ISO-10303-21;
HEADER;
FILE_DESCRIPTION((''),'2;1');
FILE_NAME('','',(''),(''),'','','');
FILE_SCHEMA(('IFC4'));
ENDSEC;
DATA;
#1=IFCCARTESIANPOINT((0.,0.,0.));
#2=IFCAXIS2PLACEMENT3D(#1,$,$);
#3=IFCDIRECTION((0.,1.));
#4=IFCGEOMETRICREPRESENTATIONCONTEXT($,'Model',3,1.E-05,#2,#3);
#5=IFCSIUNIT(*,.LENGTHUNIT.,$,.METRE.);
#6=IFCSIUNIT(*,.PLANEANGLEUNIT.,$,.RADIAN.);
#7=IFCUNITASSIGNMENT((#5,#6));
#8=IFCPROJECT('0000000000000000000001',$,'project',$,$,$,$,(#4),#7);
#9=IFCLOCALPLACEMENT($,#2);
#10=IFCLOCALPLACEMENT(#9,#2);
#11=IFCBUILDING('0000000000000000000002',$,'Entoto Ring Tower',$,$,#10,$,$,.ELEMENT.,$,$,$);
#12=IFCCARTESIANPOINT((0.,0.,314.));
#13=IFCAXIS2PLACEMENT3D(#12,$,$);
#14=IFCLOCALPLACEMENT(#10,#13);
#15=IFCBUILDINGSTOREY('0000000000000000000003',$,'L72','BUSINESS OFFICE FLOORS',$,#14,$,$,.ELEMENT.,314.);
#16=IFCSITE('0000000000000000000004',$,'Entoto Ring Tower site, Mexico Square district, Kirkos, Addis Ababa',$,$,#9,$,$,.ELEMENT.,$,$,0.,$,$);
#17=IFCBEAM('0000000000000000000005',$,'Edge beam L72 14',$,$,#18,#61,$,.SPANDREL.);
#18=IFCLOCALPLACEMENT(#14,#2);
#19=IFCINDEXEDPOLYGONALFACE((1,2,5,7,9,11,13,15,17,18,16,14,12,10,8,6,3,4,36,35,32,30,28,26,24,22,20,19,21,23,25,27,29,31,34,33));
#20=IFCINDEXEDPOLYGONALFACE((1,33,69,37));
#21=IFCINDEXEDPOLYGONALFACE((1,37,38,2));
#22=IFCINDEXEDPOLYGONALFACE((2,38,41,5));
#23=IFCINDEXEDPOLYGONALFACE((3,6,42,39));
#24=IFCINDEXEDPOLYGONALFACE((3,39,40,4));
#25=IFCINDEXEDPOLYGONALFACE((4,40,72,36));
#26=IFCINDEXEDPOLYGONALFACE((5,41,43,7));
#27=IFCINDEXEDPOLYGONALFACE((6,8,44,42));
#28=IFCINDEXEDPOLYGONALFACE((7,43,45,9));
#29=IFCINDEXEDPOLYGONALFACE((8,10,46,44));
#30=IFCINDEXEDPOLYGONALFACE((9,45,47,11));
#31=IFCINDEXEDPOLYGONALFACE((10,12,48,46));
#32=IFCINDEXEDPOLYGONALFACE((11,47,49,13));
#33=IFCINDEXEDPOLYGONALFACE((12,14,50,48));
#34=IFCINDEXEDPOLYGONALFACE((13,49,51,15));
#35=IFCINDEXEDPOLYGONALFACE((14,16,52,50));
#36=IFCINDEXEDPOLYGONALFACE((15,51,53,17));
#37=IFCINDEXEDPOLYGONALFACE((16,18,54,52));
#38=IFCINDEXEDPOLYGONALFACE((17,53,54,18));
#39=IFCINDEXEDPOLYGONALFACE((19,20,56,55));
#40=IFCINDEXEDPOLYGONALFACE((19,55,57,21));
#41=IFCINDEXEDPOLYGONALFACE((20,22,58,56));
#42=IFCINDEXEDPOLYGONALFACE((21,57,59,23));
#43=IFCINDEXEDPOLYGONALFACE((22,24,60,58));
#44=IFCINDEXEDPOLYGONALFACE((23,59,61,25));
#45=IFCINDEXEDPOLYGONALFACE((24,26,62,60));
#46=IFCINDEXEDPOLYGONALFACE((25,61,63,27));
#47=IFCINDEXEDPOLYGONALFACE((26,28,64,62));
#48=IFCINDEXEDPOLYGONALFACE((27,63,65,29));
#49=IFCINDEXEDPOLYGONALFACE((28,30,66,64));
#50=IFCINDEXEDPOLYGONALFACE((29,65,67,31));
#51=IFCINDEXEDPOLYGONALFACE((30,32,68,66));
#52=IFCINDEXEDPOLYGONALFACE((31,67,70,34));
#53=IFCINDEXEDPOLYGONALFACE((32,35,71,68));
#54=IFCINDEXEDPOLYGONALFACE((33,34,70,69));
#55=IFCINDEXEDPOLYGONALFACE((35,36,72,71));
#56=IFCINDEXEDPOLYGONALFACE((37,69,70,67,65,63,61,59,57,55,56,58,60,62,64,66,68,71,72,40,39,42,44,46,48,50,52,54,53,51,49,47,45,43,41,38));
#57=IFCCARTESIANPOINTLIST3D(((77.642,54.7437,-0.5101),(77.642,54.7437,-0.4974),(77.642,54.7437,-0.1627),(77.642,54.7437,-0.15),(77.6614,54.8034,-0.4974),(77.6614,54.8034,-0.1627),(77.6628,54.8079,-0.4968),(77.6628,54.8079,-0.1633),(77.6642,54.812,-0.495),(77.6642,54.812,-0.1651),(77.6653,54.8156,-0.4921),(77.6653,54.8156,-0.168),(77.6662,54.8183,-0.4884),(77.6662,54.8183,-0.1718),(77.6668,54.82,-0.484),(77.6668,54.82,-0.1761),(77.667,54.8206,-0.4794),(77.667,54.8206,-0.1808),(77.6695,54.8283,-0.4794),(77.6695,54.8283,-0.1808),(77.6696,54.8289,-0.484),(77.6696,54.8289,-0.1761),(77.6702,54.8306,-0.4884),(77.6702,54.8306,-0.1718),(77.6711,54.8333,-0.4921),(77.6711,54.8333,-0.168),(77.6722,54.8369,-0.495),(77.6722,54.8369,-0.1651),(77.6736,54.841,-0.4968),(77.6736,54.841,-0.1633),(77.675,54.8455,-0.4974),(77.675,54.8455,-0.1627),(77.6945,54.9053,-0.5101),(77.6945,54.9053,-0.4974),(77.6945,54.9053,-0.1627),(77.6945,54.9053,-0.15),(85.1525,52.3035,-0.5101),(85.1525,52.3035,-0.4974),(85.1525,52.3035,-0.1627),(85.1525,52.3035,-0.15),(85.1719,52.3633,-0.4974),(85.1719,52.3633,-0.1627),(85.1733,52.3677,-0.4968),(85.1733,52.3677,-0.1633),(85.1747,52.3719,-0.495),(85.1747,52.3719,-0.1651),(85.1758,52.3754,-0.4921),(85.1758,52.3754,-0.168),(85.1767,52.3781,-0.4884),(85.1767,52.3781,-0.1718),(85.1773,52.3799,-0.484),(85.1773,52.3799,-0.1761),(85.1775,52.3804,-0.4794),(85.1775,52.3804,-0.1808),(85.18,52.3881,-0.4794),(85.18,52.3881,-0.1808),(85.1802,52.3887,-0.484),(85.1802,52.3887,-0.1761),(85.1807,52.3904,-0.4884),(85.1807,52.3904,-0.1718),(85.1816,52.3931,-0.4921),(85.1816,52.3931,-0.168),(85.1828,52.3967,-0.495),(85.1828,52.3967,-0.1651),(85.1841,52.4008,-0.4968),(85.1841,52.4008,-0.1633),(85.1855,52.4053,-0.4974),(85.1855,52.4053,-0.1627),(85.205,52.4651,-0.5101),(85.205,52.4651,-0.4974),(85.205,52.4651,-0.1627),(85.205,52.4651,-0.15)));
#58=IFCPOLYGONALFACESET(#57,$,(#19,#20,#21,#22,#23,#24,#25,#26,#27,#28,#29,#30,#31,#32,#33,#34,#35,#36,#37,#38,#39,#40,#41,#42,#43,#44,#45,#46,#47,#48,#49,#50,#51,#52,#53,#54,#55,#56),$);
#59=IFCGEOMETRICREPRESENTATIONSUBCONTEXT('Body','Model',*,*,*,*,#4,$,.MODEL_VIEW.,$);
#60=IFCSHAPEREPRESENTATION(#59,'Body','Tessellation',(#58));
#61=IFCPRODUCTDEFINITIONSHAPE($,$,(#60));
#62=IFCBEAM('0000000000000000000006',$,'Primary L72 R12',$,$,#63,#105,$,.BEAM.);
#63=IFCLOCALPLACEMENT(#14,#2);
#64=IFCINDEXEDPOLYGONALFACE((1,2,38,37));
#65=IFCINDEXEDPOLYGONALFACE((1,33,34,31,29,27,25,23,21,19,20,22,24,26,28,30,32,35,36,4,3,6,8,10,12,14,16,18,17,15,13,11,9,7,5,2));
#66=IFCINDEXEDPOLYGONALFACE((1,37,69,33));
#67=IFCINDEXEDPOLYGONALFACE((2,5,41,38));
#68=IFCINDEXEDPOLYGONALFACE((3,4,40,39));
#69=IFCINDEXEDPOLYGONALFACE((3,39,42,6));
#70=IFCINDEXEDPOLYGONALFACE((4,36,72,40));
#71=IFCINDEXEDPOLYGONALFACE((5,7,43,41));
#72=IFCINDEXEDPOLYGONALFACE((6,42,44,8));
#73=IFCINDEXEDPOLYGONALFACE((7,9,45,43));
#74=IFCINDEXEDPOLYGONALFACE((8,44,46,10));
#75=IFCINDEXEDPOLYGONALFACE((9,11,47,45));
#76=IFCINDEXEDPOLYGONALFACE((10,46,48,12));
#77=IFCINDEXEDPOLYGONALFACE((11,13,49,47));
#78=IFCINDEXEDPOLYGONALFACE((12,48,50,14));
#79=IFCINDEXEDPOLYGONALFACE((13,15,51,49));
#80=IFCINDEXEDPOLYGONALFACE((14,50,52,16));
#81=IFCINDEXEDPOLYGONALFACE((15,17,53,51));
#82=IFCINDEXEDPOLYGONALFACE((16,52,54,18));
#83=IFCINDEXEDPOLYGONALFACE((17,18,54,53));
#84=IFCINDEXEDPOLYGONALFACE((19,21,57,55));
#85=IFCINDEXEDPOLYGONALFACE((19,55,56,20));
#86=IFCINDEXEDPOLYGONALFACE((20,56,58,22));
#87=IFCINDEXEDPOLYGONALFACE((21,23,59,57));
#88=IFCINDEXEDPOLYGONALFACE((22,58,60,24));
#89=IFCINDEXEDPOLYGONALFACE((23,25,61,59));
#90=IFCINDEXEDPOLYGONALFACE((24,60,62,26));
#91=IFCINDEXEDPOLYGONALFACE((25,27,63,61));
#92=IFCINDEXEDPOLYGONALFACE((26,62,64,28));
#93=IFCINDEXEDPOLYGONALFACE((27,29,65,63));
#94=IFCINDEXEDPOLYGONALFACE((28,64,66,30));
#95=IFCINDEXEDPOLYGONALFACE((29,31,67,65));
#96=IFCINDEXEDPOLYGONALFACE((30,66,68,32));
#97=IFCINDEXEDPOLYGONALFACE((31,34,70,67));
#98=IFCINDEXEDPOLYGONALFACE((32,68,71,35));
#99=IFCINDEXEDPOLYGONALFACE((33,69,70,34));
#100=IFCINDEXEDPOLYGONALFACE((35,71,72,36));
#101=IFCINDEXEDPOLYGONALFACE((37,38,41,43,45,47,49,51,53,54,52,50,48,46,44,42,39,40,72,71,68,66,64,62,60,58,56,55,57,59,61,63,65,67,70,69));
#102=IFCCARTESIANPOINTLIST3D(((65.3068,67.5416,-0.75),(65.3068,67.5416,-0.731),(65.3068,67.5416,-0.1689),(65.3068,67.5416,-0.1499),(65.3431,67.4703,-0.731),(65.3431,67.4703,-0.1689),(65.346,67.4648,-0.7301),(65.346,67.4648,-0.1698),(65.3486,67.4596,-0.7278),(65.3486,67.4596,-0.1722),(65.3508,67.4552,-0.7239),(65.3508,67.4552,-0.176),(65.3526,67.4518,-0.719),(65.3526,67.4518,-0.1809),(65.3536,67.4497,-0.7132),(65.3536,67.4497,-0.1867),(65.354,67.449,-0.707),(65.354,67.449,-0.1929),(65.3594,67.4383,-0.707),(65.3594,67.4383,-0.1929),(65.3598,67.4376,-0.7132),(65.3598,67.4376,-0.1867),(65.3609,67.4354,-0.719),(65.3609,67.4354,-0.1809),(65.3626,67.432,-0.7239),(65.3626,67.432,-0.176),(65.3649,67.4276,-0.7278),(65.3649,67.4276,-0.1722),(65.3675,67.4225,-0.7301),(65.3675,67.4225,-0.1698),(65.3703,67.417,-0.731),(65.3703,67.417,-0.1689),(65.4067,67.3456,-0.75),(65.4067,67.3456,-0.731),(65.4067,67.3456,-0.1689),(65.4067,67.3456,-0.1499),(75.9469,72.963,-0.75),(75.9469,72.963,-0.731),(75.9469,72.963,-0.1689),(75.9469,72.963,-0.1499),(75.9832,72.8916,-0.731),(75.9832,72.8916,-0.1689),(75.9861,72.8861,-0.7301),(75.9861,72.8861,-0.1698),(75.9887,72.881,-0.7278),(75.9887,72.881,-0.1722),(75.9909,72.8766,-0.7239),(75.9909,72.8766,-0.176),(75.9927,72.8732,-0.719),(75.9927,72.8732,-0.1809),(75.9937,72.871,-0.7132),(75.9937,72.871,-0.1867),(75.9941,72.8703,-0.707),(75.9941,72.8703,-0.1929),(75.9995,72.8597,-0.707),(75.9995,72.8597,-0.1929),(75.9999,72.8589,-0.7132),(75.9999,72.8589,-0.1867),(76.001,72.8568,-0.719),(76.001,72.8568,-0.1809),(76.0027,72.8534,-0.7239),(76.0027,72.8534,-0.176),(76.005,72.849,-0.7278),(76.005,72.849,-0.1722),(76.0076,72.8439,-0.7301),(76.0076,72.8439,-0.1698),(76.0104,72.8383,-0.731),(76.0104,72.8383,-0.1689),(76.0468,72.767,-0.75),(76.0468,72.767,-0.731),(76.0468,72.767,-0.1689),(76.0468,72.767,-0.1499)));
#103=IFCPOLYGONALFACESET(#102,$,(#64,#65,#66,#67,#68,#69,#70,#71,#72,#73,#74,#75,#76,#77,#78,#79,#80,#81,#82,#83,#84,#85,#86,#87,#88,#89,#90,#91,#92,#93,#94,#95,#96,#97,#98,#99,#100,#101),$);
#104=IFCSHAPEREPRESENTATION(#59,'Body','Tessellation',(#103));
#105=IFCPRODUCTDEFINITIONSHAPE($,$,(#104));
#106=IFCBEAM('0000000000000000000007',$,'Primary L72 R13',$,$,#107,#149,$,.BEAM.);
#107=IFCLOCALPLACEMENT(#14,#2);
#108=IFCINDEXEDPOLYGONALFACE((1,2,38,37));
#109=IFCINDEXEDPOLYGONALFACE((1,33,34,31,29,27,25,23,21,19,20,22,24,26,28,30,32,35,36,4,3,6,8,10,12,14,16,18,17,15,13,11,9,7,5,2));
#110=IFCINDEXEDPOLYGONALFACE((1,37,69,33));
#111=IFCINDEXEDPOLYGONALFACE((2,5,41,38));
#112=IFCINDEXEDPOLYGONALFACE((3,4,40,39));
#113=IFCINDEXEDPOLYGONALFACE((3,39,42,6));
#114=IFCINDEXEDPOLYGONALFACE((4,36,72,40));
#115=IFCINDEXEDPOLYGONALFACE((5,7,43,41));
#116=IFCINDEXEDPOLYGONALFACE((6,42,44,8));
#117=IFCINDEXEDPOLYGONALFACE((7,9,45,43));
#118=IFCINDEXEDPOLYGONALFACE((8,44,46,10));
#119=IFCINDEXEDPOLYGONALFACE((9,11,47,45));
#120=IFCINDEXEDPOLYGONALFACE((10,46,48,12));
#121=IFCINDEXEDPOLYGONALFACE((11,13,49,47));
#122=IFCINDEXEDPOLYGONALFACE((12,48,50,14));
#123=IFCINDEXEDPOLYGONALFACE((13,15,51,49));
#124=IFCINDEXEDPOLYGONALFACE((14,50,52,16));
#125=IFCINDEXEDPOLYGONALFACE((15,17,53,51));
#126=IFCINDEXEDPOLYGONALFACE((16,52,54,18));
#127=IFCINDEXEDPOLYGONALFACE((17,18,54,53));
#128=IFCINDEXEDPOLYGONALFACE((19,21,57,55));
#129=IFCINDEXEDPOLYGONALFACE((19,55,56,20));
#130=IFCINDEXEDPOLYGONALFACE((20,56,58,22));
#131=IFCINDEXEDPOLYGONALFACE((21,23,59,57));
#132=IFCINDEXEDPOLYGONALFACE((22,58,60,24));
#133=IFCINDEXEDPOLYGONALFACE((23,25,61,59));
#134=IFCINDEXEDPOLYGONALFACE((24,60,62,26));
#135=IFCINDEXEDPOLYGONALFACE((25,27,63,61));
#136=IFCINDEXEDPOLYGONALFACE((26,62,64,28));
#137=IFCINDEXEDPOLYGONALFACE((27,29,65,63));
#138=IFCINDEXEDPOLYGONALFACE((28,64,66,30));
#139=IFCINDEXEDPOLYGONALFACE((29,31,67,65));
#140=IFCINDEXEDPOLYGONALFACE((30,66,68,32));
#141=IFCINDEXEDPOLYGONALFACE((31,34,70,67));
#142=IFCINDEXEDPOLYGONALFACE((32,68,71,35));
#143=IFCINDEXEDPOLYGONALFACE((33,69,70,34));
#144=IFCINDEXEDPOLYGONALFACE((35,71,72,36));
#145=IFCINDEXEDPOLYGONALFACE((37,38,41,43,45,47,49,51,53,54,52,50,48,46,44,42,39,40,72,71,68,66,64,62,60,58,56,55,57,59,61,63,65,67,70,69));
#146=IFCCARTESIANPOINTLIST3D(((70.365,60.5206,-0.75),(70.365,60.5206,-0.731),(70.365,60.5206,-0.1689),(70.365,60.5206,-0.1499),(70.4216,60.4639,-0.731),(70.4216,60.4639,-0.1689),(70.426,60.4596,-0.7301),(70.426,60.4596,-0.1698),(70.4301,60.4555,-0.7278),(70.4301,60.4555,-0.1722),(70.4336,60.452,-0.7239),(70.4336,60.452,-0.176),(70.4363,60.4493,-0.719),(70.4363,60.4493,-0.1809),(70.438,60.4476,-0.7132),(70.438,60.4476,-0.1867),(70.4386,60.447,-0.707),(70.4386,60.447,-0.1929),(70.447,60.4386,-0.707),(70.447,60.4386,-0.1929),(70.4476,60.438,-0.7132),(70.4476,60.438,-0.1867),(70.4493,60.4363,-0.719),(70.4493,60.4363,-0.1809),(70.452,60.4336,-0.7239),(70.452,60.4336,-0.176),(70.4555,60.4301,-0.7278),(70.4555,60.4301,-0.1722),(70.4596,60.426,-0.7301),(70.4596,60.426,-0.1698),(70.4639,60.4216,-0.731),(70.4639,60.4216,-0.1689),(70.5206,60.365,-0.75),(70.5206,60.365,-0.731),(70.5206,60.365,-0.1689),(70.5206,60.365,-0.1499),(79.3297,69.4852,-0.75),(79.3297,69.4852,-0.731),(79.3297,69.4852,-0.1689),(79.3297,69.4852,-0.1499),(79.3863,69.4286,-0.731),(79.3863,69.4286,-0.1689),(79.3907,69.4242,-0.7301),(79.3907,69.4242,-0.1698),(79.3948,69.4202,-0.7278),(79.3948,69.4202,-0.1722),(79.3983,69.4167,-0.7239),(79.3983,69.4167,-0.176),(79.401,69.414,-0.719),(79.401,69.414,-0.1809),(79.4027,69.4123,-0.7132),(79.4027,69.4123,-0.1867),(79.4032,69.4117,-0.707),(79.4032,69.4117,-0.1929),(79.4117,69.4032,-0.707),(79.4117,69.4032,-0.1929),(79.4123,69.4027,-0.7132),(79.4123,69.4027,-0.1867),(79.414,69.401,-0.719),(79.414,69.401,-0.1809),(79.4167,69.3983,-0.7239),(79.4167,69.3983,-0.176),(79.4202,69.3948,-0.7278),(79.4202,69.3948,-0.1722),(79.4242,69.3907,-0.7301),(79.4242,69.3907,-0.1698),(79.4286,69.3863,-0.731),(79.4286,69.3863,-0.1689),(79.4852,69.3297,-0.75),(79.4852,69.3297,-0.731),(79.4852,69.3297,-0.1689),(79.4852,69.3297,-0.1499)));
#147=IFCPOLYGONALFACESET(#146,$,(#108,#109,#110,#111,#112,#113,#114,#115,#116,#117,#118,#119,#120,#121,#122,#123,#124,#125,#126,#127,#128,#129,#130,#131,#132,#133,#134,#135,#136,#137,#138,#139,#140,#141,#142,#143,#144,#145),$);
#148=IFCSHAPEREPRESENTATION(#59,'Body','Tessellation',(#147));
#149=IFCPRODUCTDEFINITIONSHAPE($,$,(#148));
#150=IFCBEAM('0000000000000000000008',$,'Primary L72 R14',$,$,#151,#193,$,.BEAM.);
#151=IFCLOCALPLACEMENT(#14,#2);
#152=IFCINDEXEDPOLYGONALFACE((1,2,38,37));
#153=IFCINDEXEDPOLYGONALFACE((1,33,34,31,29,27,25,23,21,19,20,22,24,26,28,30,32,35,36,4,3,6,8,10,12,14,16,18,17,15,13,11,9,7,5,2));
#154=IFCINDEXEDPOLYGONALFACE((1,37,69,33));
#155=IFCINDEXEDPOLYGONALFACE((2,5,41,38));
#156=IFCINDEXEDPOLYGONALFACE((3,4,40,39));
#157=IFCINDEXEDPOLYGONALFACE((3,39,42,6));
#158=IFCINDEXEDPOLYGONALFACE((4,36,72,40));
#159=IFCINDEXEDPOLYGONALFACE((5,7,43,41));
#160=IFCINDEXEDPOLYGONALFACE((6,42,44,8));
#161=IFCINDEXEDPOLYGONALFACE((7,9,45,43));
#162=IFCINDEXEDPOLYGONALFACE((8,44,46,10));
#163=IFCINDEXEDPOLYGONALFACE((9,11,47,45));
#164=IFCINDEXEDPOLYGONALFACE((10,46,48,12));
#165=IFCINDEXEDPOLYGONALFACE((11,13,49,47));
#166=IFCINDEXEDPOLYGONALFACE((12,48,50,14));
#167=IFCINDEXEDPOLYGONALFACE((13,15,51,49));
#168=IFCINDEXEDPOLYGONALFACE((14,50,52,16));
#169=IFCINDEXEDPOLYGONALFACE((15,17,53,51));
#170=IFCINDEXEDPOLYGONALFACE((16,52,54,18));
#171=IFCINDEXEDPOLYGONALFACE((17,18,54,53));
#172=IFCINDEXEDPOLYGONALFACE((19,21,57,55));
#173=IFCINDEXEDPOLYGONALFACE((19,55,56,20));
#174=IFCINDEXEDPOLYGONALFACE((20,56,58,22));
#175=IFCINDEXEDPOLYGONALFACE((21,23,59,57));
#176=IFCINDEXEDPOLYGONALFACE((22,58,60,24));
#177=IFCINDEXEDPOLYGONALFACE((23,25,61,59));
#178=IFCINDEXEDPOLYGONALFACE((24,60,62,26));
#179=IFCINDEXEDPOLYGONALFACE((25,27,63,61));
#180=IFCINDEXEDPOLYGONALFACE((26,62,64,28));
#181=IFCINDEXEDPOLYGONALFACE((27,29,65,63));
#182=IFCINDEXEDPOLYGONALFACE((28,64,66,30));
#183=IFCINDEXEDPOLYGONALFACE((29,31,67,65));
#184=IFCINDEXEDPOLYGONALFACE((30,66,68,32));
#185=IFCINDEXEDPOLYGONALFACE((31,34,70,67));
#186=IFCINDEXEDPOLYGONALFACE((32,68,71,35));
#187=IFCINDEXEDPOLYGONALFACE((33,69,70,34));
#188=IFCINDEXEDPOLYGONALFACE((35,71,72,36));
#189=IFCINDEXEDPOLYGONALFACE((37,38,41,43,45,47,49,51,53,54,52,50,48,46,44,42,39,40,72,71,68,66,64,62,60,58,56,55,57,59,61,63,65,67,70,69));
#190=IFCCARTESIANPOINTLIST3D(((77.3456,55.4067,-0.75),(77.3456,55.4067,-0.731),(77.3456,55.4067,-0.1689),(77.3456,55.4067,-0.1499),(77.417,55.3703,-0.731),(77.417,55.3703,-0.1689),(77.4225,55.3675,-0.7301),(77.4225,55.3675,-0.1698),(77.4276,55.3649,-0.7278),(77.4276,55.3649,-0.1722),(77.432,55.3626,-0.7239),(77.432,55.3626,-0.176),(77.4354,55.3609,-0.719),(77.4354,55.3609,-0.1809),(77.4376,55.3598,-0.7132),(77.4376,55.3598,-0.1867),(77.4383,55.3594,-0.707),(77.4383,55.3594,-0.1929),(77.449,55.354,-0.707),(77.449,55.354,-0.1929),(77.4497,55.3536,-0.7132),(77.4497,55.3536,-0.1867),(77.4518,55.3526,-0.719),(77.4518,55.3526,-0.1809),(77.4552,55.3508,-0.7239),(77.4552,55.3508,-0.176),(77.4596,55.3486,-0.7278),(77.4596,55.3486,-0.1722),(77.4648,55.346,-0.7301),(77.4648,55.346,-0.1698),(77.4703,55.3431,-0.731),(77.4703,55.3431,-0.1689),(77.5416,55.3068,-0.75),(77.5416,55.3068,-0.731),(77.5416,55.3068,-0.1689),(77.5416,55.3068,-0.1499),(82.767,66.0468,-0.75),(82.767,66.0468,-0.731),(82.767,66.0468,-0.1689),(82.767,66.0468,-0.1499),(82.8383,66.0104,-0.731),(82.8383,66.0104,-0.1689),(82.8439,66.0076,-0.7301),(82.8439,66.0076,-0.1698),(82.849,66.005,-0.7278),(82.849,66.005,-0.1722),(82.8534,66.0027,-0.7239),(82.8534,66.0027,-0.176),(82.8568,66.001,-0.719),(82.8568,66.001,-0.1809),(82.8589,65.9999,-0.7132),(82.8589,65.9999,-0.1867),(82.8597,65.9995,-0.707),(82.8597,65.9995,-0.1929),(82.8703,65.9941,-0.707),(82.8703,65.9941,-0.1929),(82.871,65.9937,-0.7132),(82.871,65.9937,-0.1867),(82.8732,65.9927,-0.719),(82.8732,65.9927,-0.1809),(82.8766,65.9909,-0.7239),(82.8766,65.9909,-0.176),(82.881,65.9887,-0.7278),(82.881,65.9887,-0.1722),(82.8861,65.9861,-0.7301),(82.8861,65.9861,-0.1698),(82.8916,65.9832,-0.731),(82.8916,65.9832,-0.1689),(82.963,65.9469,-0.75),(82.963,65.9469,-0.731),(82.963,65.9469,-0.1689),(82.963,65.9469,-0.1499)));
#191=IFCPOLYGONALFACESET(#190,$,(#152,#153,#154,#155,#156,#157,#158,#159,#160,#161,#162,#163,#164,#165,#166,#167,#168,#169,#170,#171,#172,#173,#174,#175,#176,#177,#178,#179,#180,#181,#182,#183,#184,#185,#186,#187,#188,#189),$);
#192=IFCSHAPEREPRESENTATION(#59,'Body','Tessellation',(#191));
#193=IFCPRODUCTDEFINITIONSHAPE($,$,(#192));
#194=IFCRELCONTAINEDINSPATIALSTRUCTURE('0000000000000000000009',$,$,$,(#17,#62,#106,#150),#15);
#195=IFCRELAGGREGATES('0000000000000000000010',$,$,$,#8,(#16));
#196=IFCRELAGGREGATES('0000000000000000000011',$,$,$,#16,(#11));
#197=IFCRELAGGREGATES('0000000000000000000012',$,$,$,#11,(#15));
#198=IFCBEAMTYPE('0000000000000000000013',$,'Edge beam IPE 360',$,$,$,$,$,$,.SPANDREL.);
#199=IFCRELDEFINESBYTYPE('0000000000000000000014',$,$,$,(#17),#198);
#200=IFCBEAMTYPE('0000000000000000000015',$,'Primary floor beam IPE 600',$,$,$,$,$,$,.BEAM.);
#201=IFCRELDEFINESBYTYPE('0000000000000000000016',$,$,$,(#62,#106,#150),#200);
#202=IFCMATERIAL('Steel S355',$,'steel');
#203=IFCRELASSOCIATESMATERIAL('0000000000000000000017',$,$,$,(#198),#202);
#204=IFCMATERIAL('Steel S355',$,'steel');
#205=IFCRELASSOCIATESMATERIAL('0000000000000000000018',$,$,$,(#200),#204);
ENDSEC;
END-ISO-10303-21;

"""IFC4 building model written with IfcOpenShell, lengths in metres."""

from ifc_helpers import new_model, si_unit, direction, frame, origin, origin_2d, place, context, subcontext, project, spatial, i_section, extrude, material, material_profile, profile_set, type_object, element, save


model = new_model("IFC4")

# Units and contexts
model_context = context("Model", 3, precision=1e-05, world=origin(), true_north=direction((0.0, 1.0)))
body_context = subcontext(model_context, "Body", "Model", "MODEL_VIEW")
ifc_project = project(units=[si_unit("LENGTHUNIT", "METRE"), si_unit("PLANEANGLEUNIT", "RADIAN")], contexts=[model_context])

# Site, building, storey
site_placement = place(None, origin())
site = spatial("IfcSite", under=ifc_project, at=site_placement, Name="Entoto Ring Tower site, Mexico Square district, Kirkos, Addis Ababa", CompositionType="ELEMENT", RefElevation=0.0)
building_placement = place(site_placement, origin())
building = spatial("IfcBuilding", under=site, at=building_placement, Name="Entoto Ring Tower", CompositionType="ELEMENT")
storey_placement = place(building_placement, frame((0.0, 0.0, 314.0)))
storey = spatial("IfcBuildingStorey", under=building, at=storey_placement, Name="L72", Description="BUSINESS OFFICE FLOORS", CompositionType="ELEMENT", Elevation=314.0)

# Beams
ifc_material_1 = material(Name="Steel S355", Category="steel")
ifc_material_profile_1 = material_profile(ifc_material_1, i_section(OverallWidth=0.1699, OverallDepth=0.3601, WebThickness=0.0081, FlangeThickness=0.0127, FilletRadius=0.0181, at=origin_2d()), Name="IPE 360")
ifc_profile_set_1 = profile_set([ifc_material_profile_1], Name="Steel S355")
beam_type_1 = type_object("IfcBeamType", Name="Edge beam IPE 360", PredefinedType="SPANDREL", material=ifc_profile_set_1)
beam_1_placement = place(storey_placement, frame((77.6682, 54.8245, -0.3301), z_axis=(0.951061, -0.309003, 0.0), x_axis=(0.309003, 0.951061, 0.0)))
element("IfcBeam", 1, at=beam_1_placement, inside=storey, type_object=beam_type_1, Name="Edge beam L72 14", PredefinedType="SPANDREL", context=body_context, shape_type="SweptSolid", body=[
    extrude(i_section(OverallWidth=0.1699, OverallDepth=0.3601, WebThickness=0.0081, FlangeThickness=0.0127, FilletRadius=0.0181, at=origin_2d()), origin(), (0.0, 0.0, 1.0), 7.897),
])
ifc_material_2 = material(Name="Steel S355", Category="steel")
ifc_material_profile_2 = material_profile(ifc_material_2, i_section(OverallWidth=0.22, OverallDepth=0.6001, WebThickness=0.012, FlangeThickness=0.019, FilletRadius=0.0239, at=origin_2d()), Name="IPE 600")
ifc_profile_set_2 = profile_set([ifc_material_profile_2], Name="Steel S355")
beam_type_2 = type_object("IfcBeamType", Name="Primary floor beam IPE 600", PredefinedType="BEAM", material=ifc_profile_set_2)
beam_2_placement = place(storey_placement, frame((75.9968, 72.865, -0.45), z_axis=(-0.891008, -0.453988, 0.0), x_axis=(0.453988, -0.891008, 0.0)))
element("IfcBeam", 2, at=beam_2_placement, inside=storey, type_object=beam_type_2, Name="Primary L72 R12", PredefinedType="BEAM", context=body_context, shape_type="SweptSolid", body=[
    extrude(i_section(OverallWidth=0.22, OverallDepth=0.6001, WebThickness=0.012, FlangeThickness=0.019, FilletRadius=0.0239, at=origin_2d()), origin(), (0.0, 0.0, 1.0), 11.9417),
])
beam_3_placement = place(storey_placement, frame((79.4075, 69.4075, -0.45), z_axis=(-0.707107, -0.707107, 0.0), x_axis=(0.707107, -0.707107, 0.0)))
element("IfcBeam", 3, at=beam_3_placement, inside=storey, type_object=beam_type_2, Name="Primary L72 R13", PredefinedType="BEAM", context=body_context, shape_type="SweptSolid", body=[
    extrude(i_section(OverallWidth=0.22, OverallDepth=0.6001, WebThickness=0.012, FlangeThickness=0.019, FilletRadius=0.0239, at=origin_2d()), origin(), (0.0, 0.0, 1.0), 12.678),
])
beam_4_placement = place(storey_placement, frame((82.865, 65.9968, -0.45), z_axis=(-0.453988, -0.891008, 0.0), x_axis=(0.891008, -0.453988, 0.0)))
element("IfcBeam", 4, at=beam_4_placement, inside=storey, type_object=beam_type_2, Name="Primary L72 R14", PredefinedType="BEAM", context=body_context, shape_type="SweptSolid", body=[
    extrude(i_section(OverallWidth=0.22, OverallDepth=0.6001, WebThickness=0.012, FlangeThickness=0.019, FilletRadius=0.0239, at=origin_2d()), origin(), (0.0, 0.0, 1.0), 11.9417),
])

save(model, "model.ifc")
